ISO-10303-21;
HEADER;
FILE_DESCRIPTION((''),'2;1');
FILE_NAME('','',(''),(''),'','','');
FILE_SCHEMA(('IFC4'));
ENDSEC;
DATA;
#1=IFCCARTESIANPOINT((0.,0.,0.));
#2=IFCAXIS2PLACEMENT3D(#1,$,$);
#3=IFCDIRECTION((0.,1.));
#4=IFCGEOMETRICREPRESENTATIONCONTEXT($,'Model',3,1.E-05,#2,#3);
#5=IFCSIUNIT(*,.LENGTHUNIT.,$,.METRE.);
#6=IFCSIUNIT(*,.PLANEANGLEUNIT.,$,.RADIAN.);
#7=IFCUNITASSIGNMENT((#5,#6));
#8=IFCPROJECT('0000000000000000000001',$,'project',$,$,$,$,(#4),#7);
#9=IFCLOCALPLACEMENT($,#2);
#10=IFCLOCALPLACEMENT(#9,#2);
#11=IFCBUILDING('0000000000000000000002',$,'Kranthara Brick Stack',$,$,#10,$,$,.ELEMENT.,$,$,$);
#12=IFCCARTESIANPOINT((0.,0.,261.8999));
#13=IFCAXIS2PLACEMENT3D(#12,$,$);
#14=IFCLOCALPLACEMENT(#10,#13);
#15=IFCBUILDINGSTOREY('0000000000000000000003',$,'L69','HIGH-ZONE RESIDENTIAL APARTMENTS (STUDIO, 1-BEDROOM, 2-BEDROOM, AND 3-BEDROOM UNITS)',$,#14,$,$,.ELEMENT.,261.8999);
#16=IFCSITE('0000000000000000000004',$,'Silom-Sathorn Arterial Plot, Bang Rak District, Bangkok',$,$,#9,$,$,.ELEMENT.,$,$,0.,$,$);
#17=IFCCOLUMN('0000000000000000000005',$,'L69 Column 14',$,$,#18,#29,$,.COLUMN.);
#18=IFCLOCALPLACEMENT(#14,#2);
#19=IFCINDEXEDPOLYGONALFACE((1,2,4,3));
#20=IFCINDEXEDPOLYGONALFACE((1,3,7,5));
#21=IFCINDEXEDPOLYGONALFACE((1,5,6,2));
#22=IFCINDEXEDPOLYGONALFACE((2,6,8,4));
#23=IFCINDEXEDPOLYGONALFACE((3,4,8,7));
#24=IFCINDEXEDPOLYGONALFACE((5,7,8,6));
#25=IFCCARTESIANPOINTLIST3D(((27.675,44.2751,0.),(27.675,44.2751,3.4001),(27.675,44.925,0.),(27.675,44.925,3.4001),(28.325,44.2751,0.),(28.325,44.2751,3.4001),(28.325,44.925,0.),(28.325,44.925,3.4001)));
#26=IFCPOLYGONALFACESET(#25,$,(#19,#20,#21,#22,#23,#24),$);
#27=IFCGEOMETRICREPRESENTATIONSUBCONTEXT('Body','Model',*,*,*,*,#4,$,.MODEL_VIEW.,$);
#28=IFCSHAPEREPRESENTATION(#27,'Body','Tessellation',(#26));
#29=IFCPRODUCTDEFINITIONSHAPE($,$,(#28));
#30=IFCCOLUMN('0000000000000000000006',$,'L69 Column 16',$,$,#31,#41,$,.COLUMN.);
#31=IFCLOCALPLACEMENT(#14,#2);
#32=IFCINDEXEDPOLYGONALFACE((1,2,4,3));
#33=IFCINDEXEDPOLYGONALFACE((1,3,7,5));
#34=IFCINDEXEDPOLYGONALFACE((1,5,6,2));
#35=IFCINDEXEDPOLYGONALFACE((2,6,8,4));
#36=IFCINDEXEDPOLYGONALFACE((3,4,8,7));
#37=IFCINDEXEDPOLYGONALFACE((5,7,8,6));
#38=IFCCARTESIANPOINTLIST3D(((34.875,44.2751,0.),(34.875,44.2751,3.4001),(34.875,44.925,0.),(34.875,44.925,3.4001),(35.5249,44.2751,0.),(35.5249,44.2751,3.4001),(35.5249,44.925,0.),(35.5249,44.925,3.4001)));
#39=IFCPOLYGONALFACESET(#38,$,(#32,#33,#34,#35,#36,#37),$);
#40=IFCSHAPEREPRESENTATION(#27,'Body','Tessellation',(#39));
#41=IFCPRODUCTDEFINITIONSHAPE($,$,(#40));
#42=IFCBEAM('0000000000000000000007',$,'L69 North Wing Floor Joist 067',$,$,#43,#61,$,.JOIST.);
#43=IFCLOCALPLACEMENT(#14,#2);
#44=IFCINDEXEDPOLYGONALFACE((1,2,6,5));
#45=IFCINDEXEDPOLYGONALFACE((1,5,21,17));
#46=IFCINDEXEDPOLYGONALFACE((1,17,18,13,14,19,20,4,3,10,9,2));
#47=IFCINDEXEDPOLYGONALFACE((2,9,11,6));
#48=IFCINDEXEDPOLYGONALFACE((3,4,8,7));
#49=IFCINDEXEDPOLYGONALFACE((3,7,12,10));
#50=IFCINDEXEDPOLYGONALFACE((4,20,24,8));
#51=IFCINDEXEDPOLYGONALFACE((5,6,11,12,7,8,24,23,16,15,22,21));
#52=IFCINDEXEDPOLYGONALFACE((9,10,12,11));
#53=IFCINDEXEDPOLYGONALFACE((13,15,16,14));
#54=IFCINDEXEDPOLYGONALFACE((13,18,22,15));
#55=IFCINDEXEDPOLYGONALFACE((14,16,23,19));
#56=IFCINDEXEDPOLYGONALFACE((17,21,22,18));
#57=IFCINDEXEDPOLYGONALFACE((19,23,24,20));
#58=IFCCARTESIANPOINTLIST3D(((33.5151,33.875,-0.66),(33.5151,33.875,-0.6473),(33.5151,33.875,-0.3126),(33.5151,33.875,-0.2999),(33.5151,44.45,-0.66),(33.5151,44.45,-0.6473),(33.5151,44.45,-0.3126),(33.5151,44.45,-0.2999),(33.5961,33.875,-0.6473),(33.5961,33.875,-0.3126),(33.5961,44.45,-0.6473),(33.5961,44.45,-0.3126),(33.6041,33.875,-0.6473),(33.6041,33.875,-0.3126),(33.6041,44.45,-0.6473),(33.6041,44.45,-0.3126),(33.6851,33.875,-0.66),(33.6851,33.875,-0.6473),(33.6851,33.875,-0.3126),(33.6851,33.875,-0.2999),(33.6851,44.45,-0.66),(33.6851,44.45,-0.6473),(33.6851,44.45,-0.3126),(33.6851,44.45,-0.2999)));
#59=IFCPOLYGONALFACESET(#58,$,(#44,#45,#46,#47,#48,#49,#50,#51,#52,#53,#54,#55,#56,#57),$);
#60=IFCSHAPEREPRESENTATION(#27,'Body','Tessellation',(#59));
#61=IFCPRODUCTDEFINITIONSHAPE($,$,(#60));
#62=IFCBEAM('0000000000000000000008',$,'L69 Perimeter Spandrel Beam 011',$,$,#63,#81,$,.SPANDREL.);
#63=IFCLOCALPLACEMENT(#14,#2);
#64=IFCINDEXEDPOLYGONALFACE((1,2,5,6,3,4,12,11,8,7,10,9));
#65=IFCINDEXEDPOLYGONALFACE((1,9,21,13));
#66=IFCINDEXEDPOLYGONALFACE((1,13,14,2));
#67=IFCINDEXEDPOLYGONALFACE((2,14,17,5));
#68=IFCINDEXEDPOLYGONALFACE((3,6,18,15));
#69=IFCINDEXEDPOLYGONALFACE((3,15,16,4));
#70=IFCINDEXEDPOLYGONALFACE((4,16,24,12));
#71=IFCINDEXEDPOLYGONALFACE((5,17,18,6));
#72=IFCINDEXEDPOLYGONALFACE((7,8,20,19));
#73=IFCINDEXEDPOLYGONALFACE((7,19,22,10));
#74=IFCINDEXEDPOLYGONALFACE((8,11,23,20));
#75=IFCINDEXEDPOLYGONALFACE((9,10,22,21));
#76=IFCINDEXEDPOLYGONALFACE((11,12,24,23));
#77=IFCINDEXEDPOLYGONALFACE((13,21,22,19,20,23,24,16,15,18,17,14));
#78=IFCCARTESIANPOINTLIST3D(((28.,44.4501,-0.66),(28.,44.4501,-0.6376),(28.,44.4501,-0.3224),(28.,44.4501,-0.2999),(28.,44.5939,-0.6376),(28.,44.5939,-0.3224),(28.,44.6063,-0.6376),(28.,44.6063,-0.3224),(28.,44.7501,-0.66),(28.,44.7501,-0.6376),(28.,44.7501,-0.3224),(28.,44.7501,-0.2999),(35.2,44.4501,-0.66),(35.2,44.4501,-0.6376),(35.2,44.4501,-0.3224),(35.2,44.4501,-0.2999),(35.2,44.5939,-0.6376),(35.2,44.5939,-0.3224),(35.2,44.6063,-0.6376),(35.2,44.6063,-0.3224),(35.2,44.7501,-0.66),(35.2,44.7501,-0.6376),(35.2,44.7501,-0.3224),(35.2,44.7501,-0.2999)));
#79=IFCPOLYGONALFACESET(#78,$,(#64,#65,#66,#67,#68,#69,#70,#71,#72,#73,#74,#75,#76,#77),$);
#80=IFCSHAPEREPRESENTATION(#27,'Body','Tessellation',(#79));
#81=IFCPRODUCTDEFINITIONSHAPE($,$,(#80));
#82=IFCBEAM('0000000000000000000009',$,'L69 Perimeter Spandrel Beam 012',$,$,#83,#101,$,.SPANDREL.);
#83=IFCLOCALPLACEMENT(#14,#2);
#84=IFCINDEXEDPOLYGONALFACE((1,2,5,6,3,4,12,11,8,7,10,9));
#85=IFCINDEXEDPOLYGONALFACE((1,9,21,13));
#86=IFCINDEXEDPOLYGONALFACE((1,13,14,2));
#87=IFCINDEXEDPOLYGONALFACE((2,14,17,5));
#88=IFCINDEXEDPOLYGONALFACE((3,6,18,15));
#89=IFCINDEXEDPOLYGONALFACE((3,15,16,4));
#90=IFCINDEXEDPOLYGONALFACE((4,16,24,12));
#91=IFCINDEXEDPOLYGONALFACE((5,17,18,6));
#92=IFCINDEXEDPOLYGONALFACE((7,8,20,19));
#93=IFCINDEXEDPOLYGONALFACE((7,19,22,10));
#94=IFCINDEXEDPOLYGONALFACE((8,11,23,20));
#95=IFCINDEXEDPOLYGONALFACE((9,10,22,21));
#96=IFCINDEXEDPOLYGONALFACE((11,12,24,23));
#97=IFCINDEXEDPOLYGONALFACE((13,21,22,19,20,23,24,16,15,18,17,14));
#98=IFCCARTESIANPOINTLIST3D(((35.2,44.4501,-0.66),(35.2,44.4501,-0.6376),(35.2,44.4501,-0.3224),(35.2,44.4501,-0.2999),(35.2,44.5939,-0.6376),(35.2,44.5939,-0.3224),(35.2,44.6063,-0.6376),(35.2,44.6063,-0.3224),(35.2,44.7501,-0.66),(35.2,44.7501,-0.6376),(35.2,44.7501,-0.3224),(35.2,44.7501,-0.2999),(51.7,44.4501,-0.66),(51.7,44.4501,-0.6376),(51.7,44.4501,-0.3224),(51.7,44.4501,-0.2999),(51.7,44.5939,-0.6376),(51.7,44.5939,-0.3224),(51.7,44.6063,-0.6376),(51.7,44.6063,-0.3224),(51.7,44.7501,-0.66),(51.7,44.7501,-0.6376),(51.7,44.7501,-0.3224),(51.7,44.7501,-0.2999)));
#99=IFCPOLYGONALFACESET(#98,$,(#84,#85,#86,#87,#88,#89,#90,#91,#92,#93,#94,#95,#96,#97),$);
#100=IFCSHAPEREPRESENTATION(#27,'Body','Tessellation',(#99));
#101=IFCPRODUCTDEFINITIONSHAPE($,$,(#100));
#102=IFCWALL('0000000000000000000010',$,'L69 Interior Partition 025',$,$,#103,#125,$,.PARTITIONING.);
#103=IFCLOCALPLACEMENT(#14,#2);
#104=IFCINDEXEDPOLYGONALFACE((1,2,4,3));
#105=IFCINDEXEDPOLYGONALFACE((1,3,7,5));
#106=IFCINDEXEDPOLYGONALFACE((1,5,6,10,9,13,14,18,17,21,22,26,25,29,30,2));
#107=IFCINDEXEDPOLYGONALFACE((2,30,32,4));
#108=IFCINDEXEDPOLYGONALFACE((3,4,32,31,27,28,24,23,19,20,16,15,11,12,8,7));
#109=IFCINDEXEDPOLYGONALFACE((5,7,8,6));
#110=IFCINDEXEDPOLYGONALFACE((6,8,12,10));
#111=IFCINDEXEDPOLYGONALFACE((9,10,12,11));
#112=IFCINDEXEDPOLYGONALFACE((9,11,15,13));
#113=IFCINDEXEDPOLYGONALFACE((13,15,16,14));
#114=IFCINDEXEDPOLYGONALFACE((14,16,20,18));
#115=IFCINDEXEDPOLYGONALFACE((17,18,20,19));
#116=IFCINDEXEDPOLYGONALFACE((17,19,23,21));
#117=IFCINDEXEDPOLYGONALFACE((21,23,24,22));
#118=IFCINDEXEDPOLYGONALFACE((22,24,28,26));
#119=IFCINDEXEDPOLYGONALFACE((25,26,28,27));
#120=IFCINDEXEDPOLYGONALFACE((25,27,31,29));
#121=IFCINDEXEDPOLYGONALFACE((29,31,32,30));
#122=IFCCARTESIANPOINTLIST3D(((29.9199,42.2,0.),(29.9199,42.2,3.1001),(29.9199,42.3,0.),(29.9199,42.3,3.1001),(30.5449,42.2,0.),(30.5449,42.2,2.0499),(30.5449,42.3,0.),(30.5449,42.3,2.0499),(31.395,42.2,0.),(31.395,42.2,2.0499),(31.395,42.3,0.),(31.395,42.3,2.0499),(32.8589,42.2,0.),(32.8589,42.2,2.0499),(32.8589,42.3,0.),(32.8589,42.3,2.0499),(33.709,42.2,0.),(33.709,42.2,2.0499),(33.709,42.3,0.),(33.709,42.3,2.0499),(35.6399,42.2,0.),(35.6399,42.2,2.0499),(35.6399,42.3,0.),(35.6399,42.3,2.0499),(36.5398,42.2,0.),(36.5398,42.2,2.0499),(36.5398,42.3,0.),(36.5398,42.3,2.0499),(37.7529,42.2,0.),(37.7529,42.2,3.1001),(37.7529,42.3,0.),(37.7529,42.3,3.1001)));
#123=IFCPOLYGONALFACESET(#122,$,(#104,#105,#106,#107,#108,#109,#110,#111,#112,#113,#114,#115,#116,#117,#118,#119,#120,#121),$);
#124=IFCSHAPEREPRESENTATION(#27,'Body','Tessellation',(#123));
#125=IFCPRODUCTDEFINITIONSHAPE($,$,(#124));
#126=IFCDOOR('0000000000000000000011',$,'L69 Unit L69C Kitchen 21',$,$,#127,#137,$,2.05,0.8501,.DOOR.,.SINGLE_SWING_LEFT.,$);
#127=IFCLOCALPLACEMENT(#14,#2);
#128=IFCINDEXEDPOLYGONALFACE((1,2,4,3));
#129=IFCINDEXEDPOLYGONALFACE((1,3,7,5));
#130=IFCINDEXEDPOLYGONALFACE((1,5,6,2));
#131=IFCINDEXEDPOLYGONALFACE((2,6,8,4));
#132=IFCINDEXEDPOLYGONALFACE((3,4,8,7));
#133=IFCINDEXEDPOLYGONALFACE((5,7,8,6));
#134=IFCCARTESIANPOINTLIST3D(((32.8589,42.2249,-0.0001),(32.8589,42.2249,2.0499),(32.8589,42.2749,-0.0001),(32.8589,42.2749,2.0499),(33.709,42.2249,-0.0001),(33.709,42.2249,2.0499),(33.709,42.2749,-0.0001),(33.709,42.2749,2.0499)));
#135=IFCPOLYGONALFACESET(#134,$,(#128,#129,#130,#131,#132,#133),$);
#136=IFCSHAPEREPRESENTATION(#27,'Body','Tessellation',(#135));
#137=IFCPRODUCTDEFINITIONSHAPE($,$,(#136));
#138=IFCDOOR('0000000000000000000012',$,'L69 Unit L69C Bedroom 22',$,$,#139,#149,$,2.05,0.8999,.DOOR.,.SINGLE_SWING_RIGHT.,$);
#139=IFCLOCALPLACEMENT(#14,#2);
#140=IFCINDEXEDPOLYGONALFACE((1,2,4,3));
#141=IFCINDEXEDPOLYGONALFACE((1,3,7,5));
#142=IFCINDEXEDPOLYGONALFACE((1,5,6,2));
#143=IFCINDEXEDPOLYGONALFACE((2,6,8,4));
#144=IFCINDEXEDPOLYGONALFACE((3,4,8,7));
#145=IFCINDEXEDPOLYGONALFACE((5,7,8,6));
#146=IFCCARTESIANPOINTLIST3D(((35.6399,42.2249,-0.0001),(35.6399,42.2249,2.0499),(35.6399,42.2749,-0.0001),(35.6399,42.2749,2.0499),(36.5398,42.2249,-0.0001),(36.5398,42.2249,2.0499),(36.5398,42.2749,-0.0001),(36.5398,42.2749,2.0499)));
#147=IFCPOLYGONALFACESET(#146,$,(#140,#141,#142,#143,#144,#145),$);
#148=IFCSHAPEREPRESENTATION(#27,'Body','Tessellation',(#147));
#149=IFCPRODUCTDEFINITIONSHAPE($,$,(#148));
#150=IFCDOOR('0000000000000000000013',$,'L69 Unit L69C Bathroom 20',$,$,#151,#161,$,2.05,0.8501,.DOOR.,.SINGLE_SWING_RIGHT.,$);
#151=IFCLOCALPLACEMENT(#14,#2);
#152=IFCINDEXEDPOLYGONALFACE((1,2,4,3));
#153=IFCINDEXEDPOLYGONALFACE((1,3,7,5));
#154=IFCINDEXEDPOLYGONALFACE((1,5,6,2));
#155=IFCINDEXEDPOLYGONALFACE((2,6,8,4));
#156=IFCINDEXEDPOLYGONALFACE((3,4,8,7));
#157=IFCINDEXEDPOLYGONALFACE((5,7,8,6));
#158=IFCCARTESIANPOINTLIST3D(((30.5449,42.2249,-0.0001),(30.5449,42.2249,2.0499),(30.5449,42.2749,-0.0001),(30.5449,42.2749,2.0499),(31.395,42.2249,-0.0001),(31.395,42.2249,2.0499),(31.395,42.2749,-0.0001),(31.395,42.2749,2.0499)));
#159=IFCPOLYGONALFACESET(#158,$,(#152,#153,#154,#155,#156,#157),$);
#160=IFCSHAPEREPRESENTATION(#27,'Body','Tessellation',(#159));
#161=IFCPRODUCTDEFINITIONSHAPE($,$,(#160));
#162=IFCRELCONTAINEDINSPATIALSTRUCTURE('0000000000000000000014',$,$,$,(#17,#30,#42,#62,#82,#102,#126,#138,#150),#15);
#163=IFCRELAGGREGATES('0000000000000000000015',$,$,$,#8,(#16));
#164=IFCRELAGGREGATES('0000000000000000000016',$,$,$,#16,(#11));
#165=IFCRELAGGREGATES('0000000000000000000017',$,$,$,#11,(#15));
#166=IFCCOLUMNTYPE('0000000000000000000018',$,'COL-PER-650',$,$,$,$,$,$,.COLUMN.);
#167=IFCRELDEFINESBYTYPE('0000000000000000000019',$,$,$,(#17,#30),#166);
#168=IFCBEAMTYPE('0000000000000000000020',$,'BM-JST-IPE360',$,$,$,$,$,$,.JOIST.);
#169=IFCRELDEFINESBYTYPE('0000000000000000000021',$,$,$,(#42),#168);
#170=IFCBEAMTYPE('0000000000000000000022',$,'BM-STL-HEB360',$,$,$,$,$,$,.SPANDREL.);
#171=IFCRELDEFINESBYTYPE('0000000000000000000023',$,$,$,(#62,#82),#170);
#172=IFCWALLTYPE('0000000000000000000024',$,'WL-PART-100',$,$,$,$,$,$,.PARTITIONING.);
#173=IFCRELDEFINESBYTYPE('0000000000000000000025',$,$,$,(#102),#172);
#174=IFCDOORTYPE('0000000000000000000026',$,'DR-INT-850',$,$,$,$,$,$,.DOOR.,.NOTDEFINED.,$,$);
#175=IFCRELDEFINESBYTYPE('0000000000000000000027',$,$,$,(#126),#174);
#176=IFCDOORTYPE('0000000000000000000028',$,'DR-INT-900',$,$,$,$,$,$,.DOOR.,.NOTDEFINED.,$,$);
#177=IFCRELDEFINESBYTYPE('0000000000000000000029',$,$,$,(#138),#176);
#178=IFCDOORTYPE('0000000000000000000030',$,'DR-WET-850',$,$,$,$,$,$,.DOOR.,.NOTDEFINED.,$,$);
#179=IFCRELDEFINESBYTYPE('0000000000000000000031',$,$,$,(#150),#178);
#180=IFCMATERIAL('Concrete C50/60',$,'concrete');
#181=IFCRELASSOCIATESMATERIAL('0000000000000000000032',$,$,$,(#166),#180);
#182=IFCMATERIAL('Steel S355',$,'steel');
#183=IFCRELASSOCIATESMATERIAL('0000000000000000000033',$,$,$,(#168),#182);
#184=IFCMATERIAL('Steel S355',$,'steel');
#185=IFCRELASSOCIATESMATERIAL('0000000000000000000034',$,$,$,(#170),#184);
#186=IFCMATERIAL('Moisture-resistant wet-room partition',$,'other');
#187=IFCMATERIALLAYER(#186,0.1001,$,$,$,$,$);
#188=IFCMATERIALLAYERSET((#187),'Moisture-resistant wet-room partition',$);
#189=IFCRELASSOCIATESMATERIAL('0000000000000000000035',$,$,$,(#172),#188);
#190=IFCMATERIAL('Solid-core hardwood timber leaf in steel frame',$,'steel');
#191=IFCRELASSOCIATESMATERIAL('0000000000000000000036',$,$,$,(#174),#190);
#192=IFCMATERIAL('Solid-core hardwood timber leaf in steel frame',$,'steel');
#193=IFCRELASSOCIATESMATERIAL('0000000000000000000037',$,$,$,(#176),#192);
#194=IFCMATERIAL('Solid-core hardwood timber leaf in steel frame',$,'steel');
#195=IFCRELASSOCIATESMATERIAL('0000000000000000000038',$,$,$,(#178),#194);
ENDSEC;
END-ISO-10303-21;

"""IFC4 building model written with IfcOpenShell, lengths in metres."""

from ifc_helpers import new_model, si_unit, direction, frame, frame_2d, origin, origin_2d, place, context, subcontext, project, spatial, rectangle, i_section, extrude, material, layer, layer_set, material_profile, profile_set, type_object, element, fill, save


model = new_model("IFC4")

# Units and contexts
model_context = context("Model", 3, precision=1e-05, world=origin(), true_north=direction((0.0, 1.0)))
body_context = subcontext(model_context, "Body", "Model", "MODEL_VIEW")
ifc_project = project(units=[si_unit("LENGTHUNIT", "METRE"), si_unit("PLANEANGLEUNIT", "RADIAN")], contexts=[model_context])

# Site, building, storey
site_placement = place(None, origin())
site = spatial("IfcSite", under=ifc_project, at=site_placement, Name="Silom-Sathorn Arterial Plot, Bang Rak District, Bangkok", CompositionType="ELEMENT", RefElevation=0.0)
building_placement = place(site_placement, origin())
building = spatial("IfcBuilding", under=site, at=building_placement, Name="Kranthara Brick Stack", CompositionType="ELEMENT")
storey_placement = place(building_placement, frame((0.0, 0.0, 261.8999)))
storey = spatial("IfcBuildingStorey", under=building, at=storey_placement, Name="L69", Description="HIGH-ZONE RESIDENTIAL APARTMENTS (STUDIO, 1-BEDROOM, 2-BEDROOM, AND 3-BEDROOM UNITS)", CompositionType="ELEMENT", Elevation=261.8999)

# Columns
ifc_material_1 = material(Name="Concrete C50/60", Category="concrete")
ifc_material_profile_1 = material_profile(ifc_material_1, rectangle(XDim=0.6499, YDim=0.6499, at=origin_2d()), Name="RC 650x650")
ifc_profile_set_1 = profile_set([ifc_material_profile_1], Name="Concrete C50/60")
column_type = type_object("IfcColumnType", Name="COL-PER-650", PredefinedType="COLUMN", material=ifc_profile_set_1)
for number, where, z_axis, x_axis, name in (
    (1, (28.0, 44.6001, 0.0), (0.0, 0.0, 1.0), (1.0, 0.0, 0.0), "L69 Column 14"),
    (2, (35.2, 44.6001, 0.0), (0.0, 0.0, 1.0), (1.0, 0.0, 0.0), "L69 Column 16"),
):
    element("IfcColumn", number, at=place(storey_placement, frame(where, z_axis=z_axis, x_axis=x_axis)), inside=storey, type_object=column_type, Name=name, PredefinedType="COLUMN", context=body_context, shape_type="SweptSolid", body=[
        extrude(rectangle(XDim=0.6499, YDim=0.6499, at=origin_2d()), origin(), (0.0, 0.0, 1.0), 3.4001),
    ])

# Beams
ifc_material_2 = material(Name="Steel S355", Category="steel")
ifc_material_profile_2 = material_profile(ifc_material_2, i_section(OverallWidth=0.1699, OverallDepth=0.3601, WebThickness=0.0081, FlangeThickness=0.0127, at=origin_2d()), Name="IPE 360")
ifc_profile_set_2 = profile_set([ifc_material_profile_2], Name="Steel S355")
beam_type_1 = type_object("IfcBeamType", Name="BM-JST-IPE360", PredefinedType="JOIST", material=ifc_profile_set_2)
beam_1_placement = place(storey_placement, frame((33.6001, 33.875, -0.48), z_axis=(0.0, 1.0, 0.0), x_axis=(-1.0, 0.0, 0.0)))
element("IfcBeam", 3, at=beam_1_placement, inside=storey, type_object=beam_type_1, Name="L69 North Wing Floor Joist 067", PredefinedType="JOIST", context=body_context, shape_type="SweptSolid", body=[
    extrude(i_section(OverallWidth=0.1699, OverallDepth=0.3601, WebThickness=0.0081, FlangeThickness=0.0127, at=origin_2d()), origin(), (0.0, 0.0, 1.0), 10.575),
])
ifc_material_3 = material(Name="Steel S355", Category="steel")
ifc_material_profile_3 = material_profile(ifc_material_3, i_section(OverallWidth=0.3, OverallDepth=0.3601, WebThickness=0.0125, FlangeThickness=0.0225, at=origin_2d()), Name="HEB 360")
ifc_profile_set_3 = profile_set([ifc_material_profile_3], Name="Steel S355")
beam_type_2 = type_object("IfcBeamType", Name="BM-STL-HEB360", PredefinedType="SPANDREL", material=ifc_profile_set_3)
beam_2_placement = place(storey_placement, frame((28.0, 44.6001, -0.48), z_axis=(1.0, 0.0, 0.0), x_axis=(0.0, 1.0, 0.0)))
element("IfcBeam", 4, at=beam_2_placement, inside=storey, type_object=beam_type_2, Name="L69 Perimeter Spandrel Beam 011", PredefinedType="SPANDREL", context=body_context, shape_type="SweptSolid", body=[
    extrude(i_section(OverallWidth=0.3, OverallDepth=0.3601, WebThickness=0.0125, FlangeThickness=0.0225, at=origin_2d()), origin(), (0.0, 0.0, 1.0), 7.2),
])
beam_3_placement = place(storey_placement, frame((35.2, 44.6001, -0.48), z_axis=(1.0, 0.0, 0.0), x_axis=(0.0, 1.0, 0.0)))
element("IfcBeam", 5, at=beam_3_placement, inside=storey, type_object=beam_type_2, Name="L69 Perimeter Spandrel Beam 012", PredefinedType="SPANDREL", context=body_context, shape_type="SweptSolid", body=[
    extrude(i_section(OverallWidth=0.3, OverallDepth=0.3601, WebThickness=0.0125, FlangeThickness=0.0225, at=origin_2d()), origin(), (0.0, 0.0, 1.0), 16.5),
])

# Wall, openings, doors
ifc_material_4 = material(Name="Moisture-resistant wet-room partition", Category="other")
ifc_layer_1 = layer(ifc_material_4, 0.1001)
ifc_layer_set_1 = layer_set([ifc_layer_1], Name="Moisture-resistant wet-room partition")
wall_type_1 = type_object("IfcWallType", Name="WL-PART-100", PredefinedType="PARTITIONING", material=ifc_layer_set_1)
wall_1_placement = place(storey_placement, frame((29.9199, 42.25, 0.0), z_axis=(0.0, 0.0, 1.0), x_axis=(1.0, 0.0, 0.0)))
wall_1 = element("IfcWall", 6, at=wall_1_placement, inside=storey, type_object=wall_type_1, Name="L69 Interior Partition 025", PredefinedType="PARTITIONING", context=body_context, shape_type="SweptSolid", body=[
    extrude(rectangle(XDim=7.833, YDim=0.1001, at=frame_2d((3.9165, 0.0))), origin(), (0.0, 0.0, 1.0), 3.1001),
])
opening_1_placement = place(wall_1_placement, frame((0.625, 0.0, 0.0)))
opening_1 = element("IfcOpeningElement", 7, at=opening_1_placement, cuts=wall_1, PredefinedType="OPENING", context=body_context, shape_type="SweptSolid", body=[
    extrude(rectangle(XDim=0.8501, YDim=2.05, at=frame_2d((0.425, 1.0249))), frame((0.0, 0.0601, 0.0), z_axis=(0.0, -1.0, 0.0), x_axis=(1.0, 0.0, 0.0)), (0.0, 0.0, 1.0), 0.1201),
])
opening_2_placement = place(wall_1_placement, frame((2.939, 0.0, 0.0)))
opening_2 = element("IfcOpeningElement", 8, at=opening_2_placement, cuts=wall_1, PredefinedType="OPENING", context=body_context, shape_type="SweptSolid", body=[
    extrude(rectangle(XDim=0.8501, YDim=2.05, at=frame_2d((0.425, 1.0249))), frame((0.0, 0.0601, 0.0), z_axis=(0.0, -1.0, 0.0), x_axis=(1.0, 0.0, 0.0)), (0.0, 0.0, 1.0), 0.1201),
])
opening_3_placement = place(wall_1_placement, frame((5.72, 0.0, 0.0)))
opening_3 = element("IfcOpeningElement", 9, at=opening_3_placement, cuts=wall_1, PredefinedType="OPENING", context=body_context, shape_type="SweptSolid", body=[
    extrude(rectangle(XDim=0.8999, YDim=2.05, at=frame_2d((0.45, 1.0249))), frame((0.0, 0.0601, 0.0), z_axis=(0.0, -1.0, 0.0), x_axis=(1.0, 0.0, 0.0)), (0.0, 0.0, 1.0), 0.1201),
])
ifc_material_5 = material(Name="Solid-core hardwood timber leaf in steel frame", Category="steel")
door_type_1 = type_object("IfcDoorType", Name="DR-INT-850", OperationType="NOTDEFINED", PredefinedType="DOOR", material=ifc_material_5)
door_1_placement = place(opening_2_placement, origin())
door_1 = element("IfcDoor", 10, at=door_1_placement, inside=storey, type_object=door_type_1, Name="L69 Unit L69C Kitchen 21", OperationType="SINGLE_SWING_LEFT", OverallHeight=2.05, OverallWidth=0.8501, PredefinedType="DOOR", context=body_context, shape_type="SweptSolid", body=[
    extrude(rectangle(XDim=0.8501, YDim=2.05, at=frame_2d((0.425, 1.0249))), frame((0.0, 0.0249, 0.0), z_axis=(0.0, -1.0, 0.0), x_axis=(1.0, 0.0, 0.0)), (0.0, 0.0, 1.0), 0.05),
])
fill(opening_2, door_1)
ifc_material_6 = material(Name="Solid-core hardwood timber leaf in steel frame", Category="steel")
door_type_2 = type_object("IfcDoorType", Name="DR-INT-900", OperationType="NOTDEFINED", PredefinedType="DOOR", material=ifc_material_6)
door_2_placement = place(opening_3_placement, origin())
door_2 = element("IfcDoor", 11, at=door_2_placement, inside=storey, type_object=door_type_2, Name="L69 Unit L69C Bedroom 22", OperationType="SINGLE_SWING_RIGHT", OverallHeight=2.05, OverallWidth=0.8999, PredefinedType="DOOR", context=body_context, shape_type="SweptSolid", body=[
    extrude(rectangle(XDim=0.8999, YDim=2.05, at=frame_2d((0.45, 1.0249))), frame((0.0, 0.0249, 0.0), z_axis=(0.0, -1.0, 0.0), x_axis=(1.0, 0.0, 0.0)), (0.0, 0.0, 1.0), 0.05),
])
fill(opening_3, door_2)
ifc_material_7 = material(Name="Solid-core hardwood timber leaf in steel frame", Category="steel")
door_type_3 = type_object("IfcDoorType", Name="DR-WET-850", OperationType="NOTDEFINED", PredefinedType="DOOR", material=ifc_material_7)
door_3_placement = place(opening_1_placement, origin())
door_3 = element("IfcDoor", 12, at=door_3_placement, inside=storey, type_object=door_type_3, Name="L69 Unit L69C Bathroom 20", OperationType="SINGLE_SWING_RIGHT", OverallHeight=2.05, OverallWidth=0.8501, PredefinedType="DOOR", context=body_context, shape_type="SweptSolid", body=[
    extrude(rectangle(XDim=0.8501, YDim=2.05, at=frame_2d((0.425, 1.0249))), frame((0.0, 0.0249, 0.0), z_axis=(0.0, -1.0, 0.0), x_axis=(1.0, 0.0, 0.0)), (0.0, 0.0, 1.0), 0.05),
])
fill(opening_1, door_3)

save(model, "model.ifc")
